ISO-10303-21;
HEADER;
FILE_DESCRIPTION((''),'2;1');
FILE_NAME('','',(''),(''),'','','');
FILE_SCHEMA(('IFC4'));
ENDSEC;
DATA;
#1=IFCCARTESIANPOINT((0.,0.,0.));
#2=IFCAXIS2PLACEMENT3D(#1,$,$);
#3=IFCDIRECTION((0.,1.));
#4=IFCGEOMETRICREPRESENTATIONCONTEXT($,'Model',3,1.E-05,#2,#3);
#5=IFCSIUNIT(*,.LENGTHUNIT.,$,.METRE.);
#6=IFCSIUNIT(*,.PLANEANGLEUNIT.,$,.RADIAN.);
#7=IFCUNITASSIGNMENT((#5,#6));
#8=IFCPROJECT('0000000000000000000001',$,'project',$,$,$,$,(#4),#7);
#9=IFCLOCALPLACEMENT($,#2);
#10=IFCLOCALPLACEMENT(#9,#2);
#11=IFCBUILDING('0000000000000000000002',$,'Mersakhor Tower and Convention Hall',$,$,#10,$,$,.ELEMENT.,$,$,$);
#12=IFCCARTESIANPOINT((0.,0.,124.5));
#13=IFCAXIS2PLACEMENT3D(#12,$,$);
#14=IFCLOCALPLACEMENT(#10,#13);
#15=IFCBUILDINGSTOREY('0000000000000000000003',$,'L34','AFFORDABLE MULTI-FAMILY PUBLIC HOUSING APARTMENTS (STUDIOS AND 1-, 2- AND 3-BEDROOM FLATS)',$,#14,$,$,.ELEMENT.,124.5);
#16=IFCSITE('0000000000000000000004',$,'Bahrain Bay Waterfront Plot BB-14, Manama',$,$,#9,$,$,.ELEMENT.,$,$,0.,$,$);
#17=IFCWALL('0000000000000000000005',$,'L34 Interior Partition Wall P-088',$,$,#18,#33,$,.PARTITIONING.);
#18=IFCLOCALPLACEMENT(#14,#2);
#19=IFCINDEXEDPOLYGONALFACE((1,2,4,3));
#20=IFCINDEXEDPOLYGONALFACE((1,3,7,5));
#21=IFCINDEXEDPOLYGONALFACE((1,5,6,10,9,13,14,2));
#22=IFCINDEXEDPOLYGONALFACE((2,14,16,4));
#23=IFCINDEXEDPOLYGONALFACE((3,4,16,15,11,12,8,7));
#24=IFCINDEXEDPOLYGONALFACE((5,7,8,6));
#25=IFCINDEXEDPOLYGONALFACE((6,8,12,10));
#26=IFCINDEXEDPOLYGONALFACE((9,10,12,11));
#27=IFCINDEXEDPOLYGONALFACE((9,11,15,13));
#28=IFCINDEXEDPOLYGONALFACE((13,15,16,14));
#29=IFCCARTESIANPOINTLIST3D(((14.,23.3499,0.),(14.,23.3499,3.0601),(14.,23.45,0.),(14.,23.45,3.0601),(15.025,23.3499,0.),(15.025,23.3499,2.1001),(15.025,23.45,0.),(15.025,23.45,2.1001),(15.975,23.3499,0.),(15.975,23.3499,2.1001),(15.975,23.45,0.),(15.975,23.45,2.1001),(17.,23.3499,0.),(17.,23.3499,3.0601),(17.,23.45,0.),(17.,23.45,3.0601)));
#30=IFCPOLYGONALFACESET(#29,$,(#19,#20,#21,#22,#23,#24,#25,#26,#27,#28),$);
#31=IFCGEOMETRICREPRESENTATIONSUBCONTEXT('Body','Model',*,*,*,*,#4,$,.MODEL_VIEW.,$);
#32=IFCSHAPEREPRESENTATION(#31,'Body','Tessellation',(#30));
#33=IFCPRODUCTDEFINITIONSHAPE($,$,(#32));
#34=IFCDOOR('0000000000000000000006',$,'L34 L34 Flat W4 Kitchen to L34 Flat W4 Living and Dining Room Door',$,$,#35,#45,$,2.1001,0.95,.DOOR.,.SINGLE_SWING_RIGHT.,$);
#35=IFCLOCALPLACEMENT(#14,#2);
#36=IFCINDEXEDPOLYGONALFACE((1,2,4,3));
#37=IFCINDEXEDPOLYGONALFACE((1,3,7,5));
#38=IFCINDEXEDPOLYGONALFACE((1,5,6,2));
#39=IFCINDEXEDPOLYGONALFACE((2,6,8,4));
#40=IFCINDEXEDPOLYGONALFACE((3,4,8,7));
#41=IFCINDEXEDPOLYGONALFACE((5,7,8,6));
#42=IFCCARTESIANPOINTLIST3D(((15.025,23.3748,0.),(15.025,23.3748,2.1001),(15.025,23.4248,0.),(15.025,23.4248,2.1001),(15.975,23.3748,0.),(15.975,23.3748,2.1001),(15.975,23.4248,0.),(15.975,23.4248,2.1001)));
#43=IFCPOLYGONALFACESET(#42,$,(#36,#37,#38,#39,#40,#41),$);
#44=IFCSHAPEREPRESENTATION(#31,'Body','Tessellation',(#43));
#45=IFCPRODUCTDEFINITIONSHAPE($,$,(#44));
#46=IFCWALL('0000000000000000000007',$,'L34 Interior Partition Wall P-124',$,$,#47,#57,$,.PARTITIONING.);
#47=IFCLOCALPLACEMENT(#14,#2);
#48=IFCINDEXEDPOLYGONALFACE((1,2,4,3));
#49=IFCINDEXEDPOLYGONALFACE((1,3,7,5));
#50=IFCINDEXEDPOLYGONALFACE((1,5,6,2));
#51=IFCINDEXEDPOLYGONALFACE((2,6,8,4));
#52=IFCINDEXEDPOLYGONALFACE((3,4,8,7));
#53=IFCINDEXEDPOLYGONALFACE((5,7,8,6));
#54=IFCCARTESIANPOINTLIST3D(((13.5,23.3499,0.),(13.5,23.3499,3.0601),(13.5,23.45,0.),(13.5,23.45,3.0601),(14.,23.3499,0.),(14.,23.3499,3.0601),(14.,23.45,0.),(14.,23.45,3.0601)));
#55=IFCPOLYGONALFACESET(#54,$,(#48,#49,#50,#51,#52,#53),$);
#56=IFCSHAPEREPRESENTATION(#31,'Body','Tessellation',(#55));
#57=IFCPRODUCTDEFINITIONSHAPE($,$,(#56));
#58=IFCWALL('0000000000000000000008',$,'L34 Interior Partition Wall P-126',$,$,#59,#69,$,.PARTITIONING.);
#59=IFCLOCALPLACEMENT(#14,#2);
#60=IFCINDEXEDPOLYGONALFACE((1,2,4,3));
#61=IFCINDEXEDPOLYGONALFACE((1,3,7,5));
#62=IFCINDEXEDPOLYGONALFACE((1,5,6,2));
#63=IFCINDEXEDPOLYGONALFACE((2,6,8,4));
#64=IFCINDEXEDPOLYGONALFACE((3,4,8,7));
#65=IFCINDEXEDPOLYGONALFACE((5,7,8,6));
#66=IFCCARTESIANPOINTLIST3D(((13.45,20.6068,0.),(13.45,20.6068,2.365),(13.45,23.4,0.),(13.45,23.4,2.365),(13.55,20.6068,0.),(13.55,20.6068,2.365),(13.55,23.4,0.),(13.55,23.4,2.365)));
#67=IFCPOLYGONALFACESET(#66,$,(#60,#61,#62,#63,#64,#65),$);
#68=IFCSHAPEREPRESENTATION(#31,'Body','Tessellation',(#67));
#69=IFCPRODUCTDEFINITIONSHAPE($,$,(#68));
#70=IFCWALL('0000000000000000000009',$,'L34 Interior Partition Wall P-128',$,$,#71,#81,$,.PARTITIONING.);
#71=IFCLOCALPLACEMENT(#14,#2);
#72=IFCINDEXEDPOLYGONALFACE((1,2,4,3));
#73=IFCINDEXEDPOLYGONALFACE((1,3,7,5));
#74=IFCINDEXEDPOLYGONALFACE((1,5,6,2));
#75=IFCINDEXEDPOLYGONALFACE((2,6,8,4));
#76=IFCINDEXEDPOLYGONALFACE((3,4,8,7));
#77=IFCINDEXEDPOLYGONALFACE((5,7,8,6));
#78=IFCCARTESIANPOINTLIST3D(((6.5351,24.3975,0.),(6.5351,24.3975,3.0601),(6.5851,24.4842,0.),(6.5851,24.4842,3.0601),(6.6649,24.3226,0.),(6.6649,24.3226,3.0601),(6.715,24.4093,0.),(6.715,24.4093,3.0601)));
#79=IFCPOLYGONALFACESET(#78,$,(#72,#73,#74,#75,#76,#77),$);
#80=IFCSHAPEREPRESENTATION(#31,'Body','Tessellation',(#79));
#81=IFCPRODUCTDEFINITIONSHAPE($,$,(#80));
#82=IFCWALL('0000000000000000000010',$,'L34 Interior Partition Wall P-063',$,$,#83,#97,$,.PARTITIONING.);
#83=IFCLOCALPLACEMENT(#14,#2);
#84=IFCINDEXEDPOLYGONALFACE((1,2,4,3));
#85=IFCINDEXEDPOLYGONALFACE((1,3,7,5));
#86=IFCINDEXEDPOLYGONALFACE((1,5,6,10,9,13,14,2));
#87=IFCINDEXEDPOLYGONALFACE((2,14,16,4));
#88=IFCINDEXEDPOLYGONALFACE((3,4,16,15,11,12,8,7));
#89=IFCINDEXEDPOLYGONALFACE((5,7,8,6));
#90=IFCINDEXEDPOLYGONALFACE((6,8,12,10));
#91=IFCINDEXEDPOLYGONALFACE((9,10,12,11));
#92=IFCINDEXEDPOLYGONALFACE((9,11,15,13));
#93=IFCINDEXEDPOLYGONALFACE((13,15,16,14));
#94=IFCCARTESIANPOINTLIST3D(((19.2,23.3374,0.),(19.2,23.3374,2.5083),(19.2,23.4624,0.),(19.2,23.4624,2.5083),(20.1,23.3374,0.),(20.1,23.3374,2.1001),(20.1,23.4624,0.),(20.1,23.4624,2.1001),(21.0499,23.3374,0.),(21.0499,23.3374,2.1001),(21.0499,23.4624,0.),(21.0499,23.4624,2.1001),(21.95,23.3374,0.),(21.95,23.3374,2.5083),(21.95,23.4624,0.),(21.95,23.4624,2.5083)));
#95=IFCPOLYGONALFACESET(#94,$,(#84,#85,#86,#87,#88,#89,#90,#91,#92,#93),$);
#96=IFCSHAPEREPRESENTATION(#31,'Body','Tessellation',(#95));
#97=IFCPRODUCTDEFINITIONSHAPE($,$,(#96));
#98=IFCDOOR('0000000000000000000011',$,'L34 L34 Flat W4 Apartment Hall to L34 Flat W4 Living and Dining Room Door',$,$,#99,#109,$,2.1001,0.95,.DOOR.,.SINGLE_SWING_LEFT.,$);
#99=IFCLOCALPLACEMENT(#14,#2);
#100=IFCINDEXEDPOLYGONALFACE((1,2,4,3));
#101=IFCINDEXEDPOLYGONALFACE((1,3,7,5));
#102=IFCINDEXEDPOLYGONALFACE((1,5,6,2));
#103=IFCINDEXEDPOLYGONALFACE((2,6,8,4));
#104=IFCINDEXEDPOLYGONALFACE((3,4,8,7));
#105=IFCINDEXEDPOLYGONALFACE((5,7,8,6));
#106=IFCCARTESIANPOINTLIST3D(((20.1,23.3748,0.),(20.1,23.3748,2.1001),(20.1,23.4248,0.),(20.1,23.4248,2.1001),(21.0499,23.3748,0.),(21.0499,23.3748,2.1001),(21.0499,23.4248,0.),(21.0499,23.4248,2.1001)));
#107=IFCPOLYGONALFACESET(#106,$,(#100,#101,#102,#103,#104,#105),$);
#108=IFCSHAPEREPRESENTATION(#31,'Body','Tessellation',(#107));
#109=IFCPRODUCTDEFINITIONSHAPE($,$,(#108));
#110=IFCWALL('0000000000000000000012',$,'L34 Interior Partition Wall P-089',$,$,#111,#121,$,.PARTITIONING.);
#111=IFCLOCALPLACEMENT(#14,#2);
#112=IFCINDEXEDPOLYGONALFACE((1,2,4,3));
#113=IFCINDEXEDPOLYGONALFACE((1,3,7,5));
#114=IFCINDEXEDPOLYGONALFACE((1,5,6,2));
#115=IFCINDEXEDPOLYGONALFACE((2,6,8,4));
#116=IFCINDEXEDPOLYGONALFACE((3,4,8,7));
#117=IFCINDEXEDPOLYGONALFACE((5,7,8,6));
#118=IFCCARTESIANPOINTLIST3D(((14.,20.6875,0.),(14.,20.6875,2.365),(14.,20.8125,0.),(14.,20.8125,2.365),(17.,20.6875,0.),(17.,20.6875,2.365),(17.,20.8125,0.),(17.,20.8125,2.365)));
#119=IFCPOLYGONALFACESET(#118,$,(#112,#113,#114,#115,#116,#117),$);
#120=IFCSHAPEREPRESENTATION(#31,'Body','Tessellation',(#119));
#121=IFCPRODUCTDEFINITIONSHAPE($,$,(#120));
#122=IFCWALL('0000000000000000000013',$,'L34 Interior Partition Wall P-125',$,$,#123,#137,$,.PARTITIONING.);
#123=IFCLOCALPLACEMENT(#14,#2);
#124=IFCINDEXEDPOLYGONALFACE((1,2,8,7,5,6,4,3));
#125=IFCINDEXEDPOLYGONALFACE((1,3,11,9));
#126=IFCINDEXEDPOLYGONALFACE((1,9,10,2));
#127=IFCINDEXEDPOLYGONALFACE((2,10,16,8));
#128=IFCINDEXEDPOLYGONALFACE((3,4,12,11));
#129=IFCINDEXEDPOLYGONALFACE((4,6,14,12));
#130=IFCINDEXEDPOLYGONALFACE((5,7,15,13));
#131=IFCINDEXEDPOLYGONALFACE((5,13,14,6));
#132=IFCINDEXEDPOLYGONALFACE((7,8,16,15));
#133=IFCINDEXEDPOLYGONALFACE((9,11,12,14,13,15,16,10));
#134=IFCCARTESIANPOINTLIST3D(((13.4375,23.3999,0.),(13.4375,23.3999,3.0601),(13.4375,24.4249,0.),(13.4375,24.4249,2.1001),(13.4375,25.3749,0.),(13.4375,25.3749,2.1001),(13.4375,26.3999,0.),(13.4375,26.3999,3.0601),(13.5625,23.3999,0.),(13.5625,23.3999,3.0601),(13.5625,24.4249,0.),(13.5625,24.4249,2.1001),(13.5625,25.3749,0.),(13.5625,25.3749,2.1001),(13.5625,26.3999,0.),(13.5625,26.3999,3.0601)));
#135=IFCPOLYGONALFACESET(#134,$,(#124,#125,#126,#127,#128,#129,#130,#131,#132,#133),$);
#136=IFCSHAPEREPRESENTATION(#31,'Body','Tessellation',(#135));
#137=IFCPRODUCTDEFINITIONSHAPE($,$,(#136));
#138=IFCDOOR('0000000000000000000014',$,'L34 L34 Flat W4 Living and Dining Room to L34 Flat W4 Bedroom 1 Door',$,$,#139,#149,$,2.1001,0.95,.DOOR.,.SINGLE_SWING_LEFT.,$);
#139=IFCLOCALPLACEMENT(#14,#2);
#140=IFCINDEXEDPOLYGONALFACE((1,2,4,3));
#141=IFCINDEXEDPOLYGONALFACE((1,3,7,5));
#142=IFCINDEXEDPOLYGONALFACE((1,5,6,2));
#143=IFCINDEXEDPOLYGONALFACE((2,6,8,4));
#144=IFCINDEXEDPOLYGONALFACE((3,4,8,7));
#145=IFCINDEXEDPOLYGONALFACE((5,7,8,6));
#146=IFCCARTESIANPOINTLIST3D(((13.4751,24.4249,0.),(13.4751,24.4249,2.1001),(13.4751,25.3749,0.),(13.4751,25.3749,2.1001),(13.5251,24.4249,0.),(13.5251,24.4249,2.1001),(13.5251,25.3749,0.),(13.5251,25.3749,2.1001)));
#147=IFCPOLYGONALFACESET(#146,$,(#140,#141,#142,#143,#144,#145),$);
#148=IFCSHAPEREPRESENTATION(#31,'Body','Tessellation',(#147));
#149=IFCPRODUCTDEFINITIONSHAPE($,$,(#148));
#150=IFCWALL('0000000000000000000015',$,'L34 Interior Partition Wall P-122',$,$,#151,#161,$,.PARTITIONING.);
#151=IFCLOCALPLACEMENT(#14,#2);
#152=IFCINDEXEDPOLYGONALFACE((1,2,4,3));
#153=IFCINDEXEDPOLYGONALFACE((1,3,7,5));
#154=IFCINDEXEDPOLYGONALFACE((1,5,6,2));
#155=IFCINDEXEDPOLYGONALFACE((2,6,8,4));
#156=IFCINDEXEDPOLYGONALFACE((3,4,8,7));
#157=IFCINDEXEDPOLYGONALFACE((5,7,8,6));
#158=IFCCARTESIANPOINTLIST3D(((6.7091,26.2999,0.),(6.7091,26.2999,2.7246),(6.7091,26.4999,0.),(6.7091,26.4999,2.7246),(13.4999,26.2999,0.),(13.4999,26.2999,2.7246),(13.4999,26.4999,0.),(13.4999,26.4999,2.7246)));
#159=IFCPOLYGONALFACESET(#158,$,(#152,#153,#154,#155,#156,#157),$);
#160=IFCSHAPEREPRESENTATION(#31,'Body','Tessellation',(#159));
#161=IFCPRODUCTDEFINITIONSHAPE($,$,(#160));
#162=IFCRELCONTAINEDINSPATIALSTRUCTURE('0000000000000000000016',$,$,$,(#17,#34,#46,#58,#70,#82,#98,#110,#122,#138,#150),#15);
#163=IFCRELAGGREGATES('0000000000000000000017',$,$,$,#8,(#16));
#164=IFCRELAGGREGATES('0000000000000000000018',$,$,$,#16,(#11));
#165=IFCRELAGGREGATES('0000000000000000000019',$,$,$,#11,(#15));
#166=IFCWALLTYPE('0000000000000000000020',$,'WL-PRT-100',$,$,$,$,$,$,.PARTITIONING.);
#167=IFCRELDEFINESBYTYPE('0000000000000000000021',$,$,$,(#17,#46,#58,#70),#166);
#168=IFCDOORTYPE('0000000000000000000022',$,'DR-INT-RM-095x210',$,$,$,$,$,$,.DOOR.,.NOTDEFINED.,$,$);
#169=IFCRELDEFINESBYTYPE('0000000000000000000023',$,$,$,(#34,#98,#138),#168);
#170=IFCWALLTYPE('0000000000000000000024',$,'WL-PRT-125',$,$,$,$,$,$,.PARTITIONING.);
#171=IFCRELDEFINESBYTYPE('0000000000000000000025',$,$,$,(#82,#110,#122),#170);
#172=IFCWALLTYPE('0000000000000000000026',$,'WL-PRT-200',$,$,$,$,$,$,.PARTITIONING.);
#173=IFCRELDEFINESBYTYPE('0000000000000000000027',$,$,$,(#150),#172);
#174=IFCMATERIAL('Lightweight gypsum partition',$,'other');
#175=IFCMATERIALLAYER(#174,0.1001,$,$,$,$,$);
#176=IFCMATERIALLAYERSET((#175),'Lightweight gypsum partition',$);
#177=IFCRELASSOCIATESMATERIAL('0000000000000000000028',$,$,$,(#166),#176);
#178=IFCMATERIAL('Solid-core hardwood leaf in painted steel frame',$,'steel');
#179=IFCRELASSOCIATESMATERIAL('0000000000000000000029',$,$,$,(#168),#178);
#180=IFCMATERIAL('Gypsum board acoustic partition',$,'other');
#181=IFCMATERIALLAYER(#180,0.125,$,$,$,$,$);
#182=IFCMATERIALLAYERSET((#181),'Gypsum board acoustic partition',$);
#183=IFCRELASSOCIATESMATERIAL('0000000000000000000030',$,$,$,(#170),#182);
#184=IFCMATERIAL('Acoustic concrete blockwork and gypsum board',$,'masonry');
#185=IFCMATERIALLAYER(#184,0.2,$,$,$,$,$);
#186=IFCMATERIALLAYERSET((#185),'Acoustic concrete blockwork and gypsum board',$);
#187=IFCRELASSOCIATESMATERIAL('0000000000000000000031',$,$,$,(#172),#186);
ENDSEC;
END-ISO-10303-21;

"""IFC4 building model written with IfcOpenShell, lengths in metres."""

from ifc_helpers import new_model, si_unit, direction, frame, frame_2d, origin, place, context, subcontext, project, spatial, rectangle, extrude, material, layer, layer_set, type_object, element, fill, save


model = new_model("IFC4")

# Units and contexts
model_context = context("Model", 3, precision=1e-05, world=origin(), true_north=direction((0.0, 1.0)))
body_context = subcontext(model_context, "Body", "Model", "MODEL_VIEW")
ifc_project = project(units=[si_unit("LENGTHUNIT", "METRE"), si_unit("PLANEANGLEUNIT", "RADIAN")], contexts=[model_context])

# Site, building, storey
site_placement = place(None, origin())
site = spatial("IfcSite", under=ifc_project, at=site_placement, Name="Bahrain Bay Waterfront Plot BB-14, Manama", CompositionType="ELEMENT", RefElevation=0.0)
building_placement = place(site_placement, origin())
building = spatial("IfcBuilding", under=site, at=building_placement, Name="Mersakhor Tower and Convention Hall", CompositionType="ELEMENT")
storey_placement = place(building_placement, frame((0.0, 0.0, 124.5)))
storey = spatial("IfcBuildingStorey", under=building, at=storey_placement, Name="L34", Description="AFFORDABLE MULTI-FAMILY PUBLIC HOUSING APARTMENTS (STUDIOS AND 1-, 2- AND 3-BEDROOM FLATS)", CompositionType="ELEMENT", Elevation=124.5)

# Wall, opening, door
ifc_material_1 = material(Name="Lightweight gypsum partition", Category="other")
ifc_layer_1 = layer(ifc_material_1, 0.1001)
ifc_layer_set_1 = layer_set([ifc_layer_1], Name="Lightweight gypsum partition")
wall_type_1 = type_object("IfcWallType", Name="WL-PRT-100", PredefinedType="PARTITIONING", material=ifc_layer_set_1)
wall_1_placement = place(storey_placement, frame((14.0, 23.3999, 0.0), z_axis=(0.0, 0.0, 1.0), x_axis=(1.0, 0.0, 0.0)))
wall_1 = element("IfcWall", 1, at=wall_1_placement, inside=storey, type_object=wall_type_1, Name="L34 Interior Partition Wall P-088", PredefinedType="PARTITIONING", context=body_context, shape_type="SweptSolid", body=[
    extrude(rectangle(XDim=3.0, YDim=0.1001, at=frame_2d((1.5, 0.0))), origin(), (0.0, 0.0, 1.0), 3.0601),
])
opening_1_placement = place(wall_1_placement, frame((1.0249, 0.0, 0.0)))
opening_1 = element("IfcOpeningElement", 2, at=opening_1_placement, cuts=wall_1, PredefinedType="OPENING", context=body_context, shape_type="SweptSolid", body=[
    extrude(rectangle(XDim=0.95, YDim=2.1001, at=frame_2d((0.4751, 1.05))), frame((0.0, 0.0601, 0.0), z_axis=(0.0, -1.0, 0.0), x_axis=(1.0, 0.0, 0.0)), (0.0, 0.0, 1.0), 0.1201),
])
ifc_material_2 = material(Name="Solid-core hardwood leaf in painted steel frame", Category="steel")
door_type_1 = type_object("IfcDoorType", Name="DR-INT-RM-095x210", OperationType="NOTDEFINED", PredefinedType="DOOR", material=ifc_material_2)
door_1_placement = place(opening_1_placement, origin())
door_1 = element("IfcDoor", 3, at=door_1_placement, inside=storey, type_object=door_type_1, Name="L34 L34 Flat W4 Kitchen to L34 Flat W4 Living and Dining Room Door", OperationType="SINGLE_SWING_RIGHT", OverallHeight=2.1001, OverallWidth=0.95, PredefinedType="DOOR", context=body_context, shape_type="SweptSolid", body=[
    extrude(rectangle(XDim=0.95, YDim=2.1001, at=frame_2d((0.4751, 1.05))), frame((0.0, 0.0249, 0.0), z_axis=(0.0, -1.0, 0.0), x_axis=(1.0, 0.0, 0.0)), (0.0, 0.0, 1.0), 0.05),
])
fill(opening_1, door_1)

# Walls
wall_2_placement = place(storey_placement, frame((14.0, 23.3999, 0.0), z_axis=(0.0, 0.0, 1.0), x_axis=(-1.0, 0.0, 0.0)))
element("IfcWall", 4, at=wall_2_placement, inside=storey, type_object=wall_type_1, Name="L34 Interior Partition Wall P-124", PredefinedType="PARTITIONING", context=body_context, shape_type="SweptSolid", body=[
    extrude(rectangle(XDim=0.5, YDim=0.1001, at=frame_2d((0.25, 0.0))), origin(), (0.0, 0.0, 1.0), 3.0601),
])
wall_3_placement = place(storey_placement, frame((13.5, 23.3999, 0.0), z_axis=(0.0, 0.0, 1.0), x_axis=(0.0, -1.0, 0.0)))
element("IfcWall", 5, at=wall_3_placement, inside=storey, type_object=wall_type_1, Name="L34 Interior Partition Wall P-126", PredefinedType="PARTITIONING", context=body_context, shape_type="SweptSolid", body=[
    extrude(rectangle(XDim=2.7932, YDim=0.1001, at=frame_2d((1.3965, 0.0))), origin(), (0.0, 0.0, 1.0), 2.365),
])
wall_4_placement = place(storey_placement, frame((6.6899, 24.366, 0.0), z_axis=(0.0, 0.0, 1.0), x_axis=(-0.866131, 0.499816, 0.0)))
element("IfcWall", 6, at=wall_4_placement, inside=storey, type_object=wall_type_1, Name="L34 Interior Partition Wall P-128", PredefinedType="PARTITIONING", context=body_context, shape_type="SweptSolid", body=[
    extrude(rectangle(XDim=0.1499, YDim=0.1001, at=frame_2d((0.075, 0.0))), origin(), (0.0, 0.0, 1.0), 3.0601),
])

# Wall, opening, door
ifc_material_3 = material(Name="Gypsum board acoustic partition", Category="other")
ifc_layer_2 = layer(ifc_material_3, 0.125)
ifc_layer_set_2 = layer_set([ifc_layer_2], Name="Gypsum board acoustic partition")
wall_type_2 = type_object("IfcWallType", Name="WL-PRT-125", PredefinedType="PARTITIONING", material=ifc_layer_set_2)
wall_5_placement = place(storey_placement, frame((19.2, 23.3999, 0.0), z_axis=(0.0, 0.0, 1.0), x_axis=(1.0, 0.0, 0.0)))
wall_5 = element("IfcWall", 7, at=wall_5_placement, inside=storey, type_object=wall_type_2, Name="L34 Interior Partition Wall P-063", PredefinedType="PARTITIONING", context=body_context, shape_type="SweptSolid", body=[
    extrude(rectangle(XDim=2.75, YDim=0.125, at=frame_2d((1.375, 0.0))), origin(), (0.0, 0.0, 1.0), 2.5083),
])
opening_2_placement = place(wall_5_placement, frame((0.8999, 0.0, 0.0)))
opening_2 = element("IfcOpeningElement", 8, at=opening_2_placement, cuts=wall_5, PredefinedType="OPENING", context=body_context, shape_type="SweptSolid", body=[
    extrude(rectangle(XDim=0.95, YDim=2.1001, at=frame_2d((0.4751, 1.05))), frame((0.0, 0.0725, 0.0), z_axis=(0.0, -1.0, 0.0), x_axis=(1.0, 0.0, 0.0)), (0.0, 0.0, 1.0), 0.145),
])
door_2_placement = place(opening_2_placement, origin())
door_2 = element("IfcDoor", 9, at=door_2_placement, inside=storey, type_object=door_type_1, Name="L34 L34 Flat W4 Apartment Hall to L34 Flat W4 Living and Dining Room Door", OperationType="SINGLE_SWING_LEFT", OverallHeight=2.1001, OverallWidth=0.95, PredefinedType="DOOR", context=body_context, shape_type="SweptSolid", body=[
    extrude(rectangle(XDim=0.95, YDim=2.1001, at=frame_2d((0.4751, 1.05))), frame((0.0, 0.0249, 0.0), z_axis=(0.0, -1.0, 0.0), x_axis=(1.0, 0.0, 0.0)), (0.0, 0.0, 1.0), 0.05),
])
fill(opening_2, door_2)

# Wall
wall_6_placement = place(storey_placement, frame((17.0, 20.75, 0.0), z_axis=(0.0, 0.0, 1.0), x_axis=(-1.0, 0.0, 0.0)))
element("IfcWall", 10, at=wall_6_placement, inside=storey, type_object=wall_type_2, Name="L34 Interior Partition Wall P-089", PredefinedType="PARTITIONING", context=body_context, shape_type="SweptSolid", body=[
    extrude(rectangle(XDim=3.0, YDim=0.125, at=frame_2d((1.5, 0.0))), origin(), (0.0, 0.0, 1.0), 2.365),
])

# Wall, opening, door
wall_7_placement = place(storey_placement, frame((13.5, 23.3999, 0.0), z_axis=(0.0, 0.0, 1.0), x_axis=(0.0, 1.0, 0.0)))
wall_7 = element("IfcWall", 11, at=wall_7_placement, inside=storey, type_object=wall_type_2, Name="L34 Interior Partition Wall P-125", PredefinedType="PARTITIONING", context=body_context, shape_type="SweptSolid", body=[
    extrude(rectangle(XDim=3.0, YDim=0.125, at=frame_2d((1.5, 0.0))), origin(), (0.0, 0.0, 1.0), 3.0601),
])
opening_3_placement = place(wall_7_placement, frame((1.0249, 0.0, 0.0)))
opening_3 = element("IfcOpeningElement", 12, at=opening_3_placement, cuts=wall_7, PredefinedType="OPENING", context=body_context, shape_type="SweptSolid", body=[
    extrude(rectangle(XDim=0.95, YDim=2.1001, at=frame_2d((0.4751, 1.05))), frame((0.0, 0.0725, 0.0), z_axis=(0.0, -1.0, 0.0), x_axis=(1.0, 0.0, 0.0)), (0.0, 0.0, 1.0), 0.145),
])
door_3_placement = place(opening_3_placement, origin())
door_3 = element("IfcDoor", 13, at=door_3_placement, inside=storey, type_object=door_type_1, Name="L34 L34 Flat W4 Living and Dining Room to L34 Flat W4 Bedroom 1 Door", OperationType="SINGLE_SWING_LEFT", OverallHeight=2.1001, OverallWidth=0.95, PredefinedType="DOOR", context=body_context, shape_type="SweptSolid", body=[
    extrude(rectangle(XDim=0.95, YDim=2.1001, at=frame_2d((0.4751, 1.05))), frame((0.0, 0.0249, 0.0), z_axis=(0.0, -1.0, 0.0), x_axis=(1.0, 0.0, 0.0)), (0.0, 0.0, 1.0), 0.05),
])
fill(opening_3, door_3)
ifc_material_4 = material(Name="Acoustic concrete blockwork and gypsum board", Category="masonry")
ifc_layer_3 = layer(ifc_material_4, 0.2)
ifc_layer_set_3 = layer_set([ifc_layer_3], Name="Acoustic concrete blockwork and gypsum board")
wall_type_3 = type_object("IfcWallType", Name="WL-PRT-200", PredefinedType="PARTITIONING", material=ifc_layer_set_3)

# Wall
wall_8_placement = place(storey_placement, frame((13.5, 26.3999, 0.0), z_axis=(0.0, 0.0, 1.0), x_axis=(-1.0, 0.0, 0.0)))
element("IfcWall", 14, at=wall_8_placement, inside=storey, type_object=wall_type_3, Name="L34 Interior Partition Wall P-122", PredefinedType="PARTITIONING", context=body_context, shape_type="SweptSolid", body=[
    extrude(rectangle(XDim=6.7908, YDim=0.2, at=frame_2d((3.3955, 0.0))), origin(), (0.0, 0.0, 1.0), 2.7246),
])

save(model, "model.ifc")
